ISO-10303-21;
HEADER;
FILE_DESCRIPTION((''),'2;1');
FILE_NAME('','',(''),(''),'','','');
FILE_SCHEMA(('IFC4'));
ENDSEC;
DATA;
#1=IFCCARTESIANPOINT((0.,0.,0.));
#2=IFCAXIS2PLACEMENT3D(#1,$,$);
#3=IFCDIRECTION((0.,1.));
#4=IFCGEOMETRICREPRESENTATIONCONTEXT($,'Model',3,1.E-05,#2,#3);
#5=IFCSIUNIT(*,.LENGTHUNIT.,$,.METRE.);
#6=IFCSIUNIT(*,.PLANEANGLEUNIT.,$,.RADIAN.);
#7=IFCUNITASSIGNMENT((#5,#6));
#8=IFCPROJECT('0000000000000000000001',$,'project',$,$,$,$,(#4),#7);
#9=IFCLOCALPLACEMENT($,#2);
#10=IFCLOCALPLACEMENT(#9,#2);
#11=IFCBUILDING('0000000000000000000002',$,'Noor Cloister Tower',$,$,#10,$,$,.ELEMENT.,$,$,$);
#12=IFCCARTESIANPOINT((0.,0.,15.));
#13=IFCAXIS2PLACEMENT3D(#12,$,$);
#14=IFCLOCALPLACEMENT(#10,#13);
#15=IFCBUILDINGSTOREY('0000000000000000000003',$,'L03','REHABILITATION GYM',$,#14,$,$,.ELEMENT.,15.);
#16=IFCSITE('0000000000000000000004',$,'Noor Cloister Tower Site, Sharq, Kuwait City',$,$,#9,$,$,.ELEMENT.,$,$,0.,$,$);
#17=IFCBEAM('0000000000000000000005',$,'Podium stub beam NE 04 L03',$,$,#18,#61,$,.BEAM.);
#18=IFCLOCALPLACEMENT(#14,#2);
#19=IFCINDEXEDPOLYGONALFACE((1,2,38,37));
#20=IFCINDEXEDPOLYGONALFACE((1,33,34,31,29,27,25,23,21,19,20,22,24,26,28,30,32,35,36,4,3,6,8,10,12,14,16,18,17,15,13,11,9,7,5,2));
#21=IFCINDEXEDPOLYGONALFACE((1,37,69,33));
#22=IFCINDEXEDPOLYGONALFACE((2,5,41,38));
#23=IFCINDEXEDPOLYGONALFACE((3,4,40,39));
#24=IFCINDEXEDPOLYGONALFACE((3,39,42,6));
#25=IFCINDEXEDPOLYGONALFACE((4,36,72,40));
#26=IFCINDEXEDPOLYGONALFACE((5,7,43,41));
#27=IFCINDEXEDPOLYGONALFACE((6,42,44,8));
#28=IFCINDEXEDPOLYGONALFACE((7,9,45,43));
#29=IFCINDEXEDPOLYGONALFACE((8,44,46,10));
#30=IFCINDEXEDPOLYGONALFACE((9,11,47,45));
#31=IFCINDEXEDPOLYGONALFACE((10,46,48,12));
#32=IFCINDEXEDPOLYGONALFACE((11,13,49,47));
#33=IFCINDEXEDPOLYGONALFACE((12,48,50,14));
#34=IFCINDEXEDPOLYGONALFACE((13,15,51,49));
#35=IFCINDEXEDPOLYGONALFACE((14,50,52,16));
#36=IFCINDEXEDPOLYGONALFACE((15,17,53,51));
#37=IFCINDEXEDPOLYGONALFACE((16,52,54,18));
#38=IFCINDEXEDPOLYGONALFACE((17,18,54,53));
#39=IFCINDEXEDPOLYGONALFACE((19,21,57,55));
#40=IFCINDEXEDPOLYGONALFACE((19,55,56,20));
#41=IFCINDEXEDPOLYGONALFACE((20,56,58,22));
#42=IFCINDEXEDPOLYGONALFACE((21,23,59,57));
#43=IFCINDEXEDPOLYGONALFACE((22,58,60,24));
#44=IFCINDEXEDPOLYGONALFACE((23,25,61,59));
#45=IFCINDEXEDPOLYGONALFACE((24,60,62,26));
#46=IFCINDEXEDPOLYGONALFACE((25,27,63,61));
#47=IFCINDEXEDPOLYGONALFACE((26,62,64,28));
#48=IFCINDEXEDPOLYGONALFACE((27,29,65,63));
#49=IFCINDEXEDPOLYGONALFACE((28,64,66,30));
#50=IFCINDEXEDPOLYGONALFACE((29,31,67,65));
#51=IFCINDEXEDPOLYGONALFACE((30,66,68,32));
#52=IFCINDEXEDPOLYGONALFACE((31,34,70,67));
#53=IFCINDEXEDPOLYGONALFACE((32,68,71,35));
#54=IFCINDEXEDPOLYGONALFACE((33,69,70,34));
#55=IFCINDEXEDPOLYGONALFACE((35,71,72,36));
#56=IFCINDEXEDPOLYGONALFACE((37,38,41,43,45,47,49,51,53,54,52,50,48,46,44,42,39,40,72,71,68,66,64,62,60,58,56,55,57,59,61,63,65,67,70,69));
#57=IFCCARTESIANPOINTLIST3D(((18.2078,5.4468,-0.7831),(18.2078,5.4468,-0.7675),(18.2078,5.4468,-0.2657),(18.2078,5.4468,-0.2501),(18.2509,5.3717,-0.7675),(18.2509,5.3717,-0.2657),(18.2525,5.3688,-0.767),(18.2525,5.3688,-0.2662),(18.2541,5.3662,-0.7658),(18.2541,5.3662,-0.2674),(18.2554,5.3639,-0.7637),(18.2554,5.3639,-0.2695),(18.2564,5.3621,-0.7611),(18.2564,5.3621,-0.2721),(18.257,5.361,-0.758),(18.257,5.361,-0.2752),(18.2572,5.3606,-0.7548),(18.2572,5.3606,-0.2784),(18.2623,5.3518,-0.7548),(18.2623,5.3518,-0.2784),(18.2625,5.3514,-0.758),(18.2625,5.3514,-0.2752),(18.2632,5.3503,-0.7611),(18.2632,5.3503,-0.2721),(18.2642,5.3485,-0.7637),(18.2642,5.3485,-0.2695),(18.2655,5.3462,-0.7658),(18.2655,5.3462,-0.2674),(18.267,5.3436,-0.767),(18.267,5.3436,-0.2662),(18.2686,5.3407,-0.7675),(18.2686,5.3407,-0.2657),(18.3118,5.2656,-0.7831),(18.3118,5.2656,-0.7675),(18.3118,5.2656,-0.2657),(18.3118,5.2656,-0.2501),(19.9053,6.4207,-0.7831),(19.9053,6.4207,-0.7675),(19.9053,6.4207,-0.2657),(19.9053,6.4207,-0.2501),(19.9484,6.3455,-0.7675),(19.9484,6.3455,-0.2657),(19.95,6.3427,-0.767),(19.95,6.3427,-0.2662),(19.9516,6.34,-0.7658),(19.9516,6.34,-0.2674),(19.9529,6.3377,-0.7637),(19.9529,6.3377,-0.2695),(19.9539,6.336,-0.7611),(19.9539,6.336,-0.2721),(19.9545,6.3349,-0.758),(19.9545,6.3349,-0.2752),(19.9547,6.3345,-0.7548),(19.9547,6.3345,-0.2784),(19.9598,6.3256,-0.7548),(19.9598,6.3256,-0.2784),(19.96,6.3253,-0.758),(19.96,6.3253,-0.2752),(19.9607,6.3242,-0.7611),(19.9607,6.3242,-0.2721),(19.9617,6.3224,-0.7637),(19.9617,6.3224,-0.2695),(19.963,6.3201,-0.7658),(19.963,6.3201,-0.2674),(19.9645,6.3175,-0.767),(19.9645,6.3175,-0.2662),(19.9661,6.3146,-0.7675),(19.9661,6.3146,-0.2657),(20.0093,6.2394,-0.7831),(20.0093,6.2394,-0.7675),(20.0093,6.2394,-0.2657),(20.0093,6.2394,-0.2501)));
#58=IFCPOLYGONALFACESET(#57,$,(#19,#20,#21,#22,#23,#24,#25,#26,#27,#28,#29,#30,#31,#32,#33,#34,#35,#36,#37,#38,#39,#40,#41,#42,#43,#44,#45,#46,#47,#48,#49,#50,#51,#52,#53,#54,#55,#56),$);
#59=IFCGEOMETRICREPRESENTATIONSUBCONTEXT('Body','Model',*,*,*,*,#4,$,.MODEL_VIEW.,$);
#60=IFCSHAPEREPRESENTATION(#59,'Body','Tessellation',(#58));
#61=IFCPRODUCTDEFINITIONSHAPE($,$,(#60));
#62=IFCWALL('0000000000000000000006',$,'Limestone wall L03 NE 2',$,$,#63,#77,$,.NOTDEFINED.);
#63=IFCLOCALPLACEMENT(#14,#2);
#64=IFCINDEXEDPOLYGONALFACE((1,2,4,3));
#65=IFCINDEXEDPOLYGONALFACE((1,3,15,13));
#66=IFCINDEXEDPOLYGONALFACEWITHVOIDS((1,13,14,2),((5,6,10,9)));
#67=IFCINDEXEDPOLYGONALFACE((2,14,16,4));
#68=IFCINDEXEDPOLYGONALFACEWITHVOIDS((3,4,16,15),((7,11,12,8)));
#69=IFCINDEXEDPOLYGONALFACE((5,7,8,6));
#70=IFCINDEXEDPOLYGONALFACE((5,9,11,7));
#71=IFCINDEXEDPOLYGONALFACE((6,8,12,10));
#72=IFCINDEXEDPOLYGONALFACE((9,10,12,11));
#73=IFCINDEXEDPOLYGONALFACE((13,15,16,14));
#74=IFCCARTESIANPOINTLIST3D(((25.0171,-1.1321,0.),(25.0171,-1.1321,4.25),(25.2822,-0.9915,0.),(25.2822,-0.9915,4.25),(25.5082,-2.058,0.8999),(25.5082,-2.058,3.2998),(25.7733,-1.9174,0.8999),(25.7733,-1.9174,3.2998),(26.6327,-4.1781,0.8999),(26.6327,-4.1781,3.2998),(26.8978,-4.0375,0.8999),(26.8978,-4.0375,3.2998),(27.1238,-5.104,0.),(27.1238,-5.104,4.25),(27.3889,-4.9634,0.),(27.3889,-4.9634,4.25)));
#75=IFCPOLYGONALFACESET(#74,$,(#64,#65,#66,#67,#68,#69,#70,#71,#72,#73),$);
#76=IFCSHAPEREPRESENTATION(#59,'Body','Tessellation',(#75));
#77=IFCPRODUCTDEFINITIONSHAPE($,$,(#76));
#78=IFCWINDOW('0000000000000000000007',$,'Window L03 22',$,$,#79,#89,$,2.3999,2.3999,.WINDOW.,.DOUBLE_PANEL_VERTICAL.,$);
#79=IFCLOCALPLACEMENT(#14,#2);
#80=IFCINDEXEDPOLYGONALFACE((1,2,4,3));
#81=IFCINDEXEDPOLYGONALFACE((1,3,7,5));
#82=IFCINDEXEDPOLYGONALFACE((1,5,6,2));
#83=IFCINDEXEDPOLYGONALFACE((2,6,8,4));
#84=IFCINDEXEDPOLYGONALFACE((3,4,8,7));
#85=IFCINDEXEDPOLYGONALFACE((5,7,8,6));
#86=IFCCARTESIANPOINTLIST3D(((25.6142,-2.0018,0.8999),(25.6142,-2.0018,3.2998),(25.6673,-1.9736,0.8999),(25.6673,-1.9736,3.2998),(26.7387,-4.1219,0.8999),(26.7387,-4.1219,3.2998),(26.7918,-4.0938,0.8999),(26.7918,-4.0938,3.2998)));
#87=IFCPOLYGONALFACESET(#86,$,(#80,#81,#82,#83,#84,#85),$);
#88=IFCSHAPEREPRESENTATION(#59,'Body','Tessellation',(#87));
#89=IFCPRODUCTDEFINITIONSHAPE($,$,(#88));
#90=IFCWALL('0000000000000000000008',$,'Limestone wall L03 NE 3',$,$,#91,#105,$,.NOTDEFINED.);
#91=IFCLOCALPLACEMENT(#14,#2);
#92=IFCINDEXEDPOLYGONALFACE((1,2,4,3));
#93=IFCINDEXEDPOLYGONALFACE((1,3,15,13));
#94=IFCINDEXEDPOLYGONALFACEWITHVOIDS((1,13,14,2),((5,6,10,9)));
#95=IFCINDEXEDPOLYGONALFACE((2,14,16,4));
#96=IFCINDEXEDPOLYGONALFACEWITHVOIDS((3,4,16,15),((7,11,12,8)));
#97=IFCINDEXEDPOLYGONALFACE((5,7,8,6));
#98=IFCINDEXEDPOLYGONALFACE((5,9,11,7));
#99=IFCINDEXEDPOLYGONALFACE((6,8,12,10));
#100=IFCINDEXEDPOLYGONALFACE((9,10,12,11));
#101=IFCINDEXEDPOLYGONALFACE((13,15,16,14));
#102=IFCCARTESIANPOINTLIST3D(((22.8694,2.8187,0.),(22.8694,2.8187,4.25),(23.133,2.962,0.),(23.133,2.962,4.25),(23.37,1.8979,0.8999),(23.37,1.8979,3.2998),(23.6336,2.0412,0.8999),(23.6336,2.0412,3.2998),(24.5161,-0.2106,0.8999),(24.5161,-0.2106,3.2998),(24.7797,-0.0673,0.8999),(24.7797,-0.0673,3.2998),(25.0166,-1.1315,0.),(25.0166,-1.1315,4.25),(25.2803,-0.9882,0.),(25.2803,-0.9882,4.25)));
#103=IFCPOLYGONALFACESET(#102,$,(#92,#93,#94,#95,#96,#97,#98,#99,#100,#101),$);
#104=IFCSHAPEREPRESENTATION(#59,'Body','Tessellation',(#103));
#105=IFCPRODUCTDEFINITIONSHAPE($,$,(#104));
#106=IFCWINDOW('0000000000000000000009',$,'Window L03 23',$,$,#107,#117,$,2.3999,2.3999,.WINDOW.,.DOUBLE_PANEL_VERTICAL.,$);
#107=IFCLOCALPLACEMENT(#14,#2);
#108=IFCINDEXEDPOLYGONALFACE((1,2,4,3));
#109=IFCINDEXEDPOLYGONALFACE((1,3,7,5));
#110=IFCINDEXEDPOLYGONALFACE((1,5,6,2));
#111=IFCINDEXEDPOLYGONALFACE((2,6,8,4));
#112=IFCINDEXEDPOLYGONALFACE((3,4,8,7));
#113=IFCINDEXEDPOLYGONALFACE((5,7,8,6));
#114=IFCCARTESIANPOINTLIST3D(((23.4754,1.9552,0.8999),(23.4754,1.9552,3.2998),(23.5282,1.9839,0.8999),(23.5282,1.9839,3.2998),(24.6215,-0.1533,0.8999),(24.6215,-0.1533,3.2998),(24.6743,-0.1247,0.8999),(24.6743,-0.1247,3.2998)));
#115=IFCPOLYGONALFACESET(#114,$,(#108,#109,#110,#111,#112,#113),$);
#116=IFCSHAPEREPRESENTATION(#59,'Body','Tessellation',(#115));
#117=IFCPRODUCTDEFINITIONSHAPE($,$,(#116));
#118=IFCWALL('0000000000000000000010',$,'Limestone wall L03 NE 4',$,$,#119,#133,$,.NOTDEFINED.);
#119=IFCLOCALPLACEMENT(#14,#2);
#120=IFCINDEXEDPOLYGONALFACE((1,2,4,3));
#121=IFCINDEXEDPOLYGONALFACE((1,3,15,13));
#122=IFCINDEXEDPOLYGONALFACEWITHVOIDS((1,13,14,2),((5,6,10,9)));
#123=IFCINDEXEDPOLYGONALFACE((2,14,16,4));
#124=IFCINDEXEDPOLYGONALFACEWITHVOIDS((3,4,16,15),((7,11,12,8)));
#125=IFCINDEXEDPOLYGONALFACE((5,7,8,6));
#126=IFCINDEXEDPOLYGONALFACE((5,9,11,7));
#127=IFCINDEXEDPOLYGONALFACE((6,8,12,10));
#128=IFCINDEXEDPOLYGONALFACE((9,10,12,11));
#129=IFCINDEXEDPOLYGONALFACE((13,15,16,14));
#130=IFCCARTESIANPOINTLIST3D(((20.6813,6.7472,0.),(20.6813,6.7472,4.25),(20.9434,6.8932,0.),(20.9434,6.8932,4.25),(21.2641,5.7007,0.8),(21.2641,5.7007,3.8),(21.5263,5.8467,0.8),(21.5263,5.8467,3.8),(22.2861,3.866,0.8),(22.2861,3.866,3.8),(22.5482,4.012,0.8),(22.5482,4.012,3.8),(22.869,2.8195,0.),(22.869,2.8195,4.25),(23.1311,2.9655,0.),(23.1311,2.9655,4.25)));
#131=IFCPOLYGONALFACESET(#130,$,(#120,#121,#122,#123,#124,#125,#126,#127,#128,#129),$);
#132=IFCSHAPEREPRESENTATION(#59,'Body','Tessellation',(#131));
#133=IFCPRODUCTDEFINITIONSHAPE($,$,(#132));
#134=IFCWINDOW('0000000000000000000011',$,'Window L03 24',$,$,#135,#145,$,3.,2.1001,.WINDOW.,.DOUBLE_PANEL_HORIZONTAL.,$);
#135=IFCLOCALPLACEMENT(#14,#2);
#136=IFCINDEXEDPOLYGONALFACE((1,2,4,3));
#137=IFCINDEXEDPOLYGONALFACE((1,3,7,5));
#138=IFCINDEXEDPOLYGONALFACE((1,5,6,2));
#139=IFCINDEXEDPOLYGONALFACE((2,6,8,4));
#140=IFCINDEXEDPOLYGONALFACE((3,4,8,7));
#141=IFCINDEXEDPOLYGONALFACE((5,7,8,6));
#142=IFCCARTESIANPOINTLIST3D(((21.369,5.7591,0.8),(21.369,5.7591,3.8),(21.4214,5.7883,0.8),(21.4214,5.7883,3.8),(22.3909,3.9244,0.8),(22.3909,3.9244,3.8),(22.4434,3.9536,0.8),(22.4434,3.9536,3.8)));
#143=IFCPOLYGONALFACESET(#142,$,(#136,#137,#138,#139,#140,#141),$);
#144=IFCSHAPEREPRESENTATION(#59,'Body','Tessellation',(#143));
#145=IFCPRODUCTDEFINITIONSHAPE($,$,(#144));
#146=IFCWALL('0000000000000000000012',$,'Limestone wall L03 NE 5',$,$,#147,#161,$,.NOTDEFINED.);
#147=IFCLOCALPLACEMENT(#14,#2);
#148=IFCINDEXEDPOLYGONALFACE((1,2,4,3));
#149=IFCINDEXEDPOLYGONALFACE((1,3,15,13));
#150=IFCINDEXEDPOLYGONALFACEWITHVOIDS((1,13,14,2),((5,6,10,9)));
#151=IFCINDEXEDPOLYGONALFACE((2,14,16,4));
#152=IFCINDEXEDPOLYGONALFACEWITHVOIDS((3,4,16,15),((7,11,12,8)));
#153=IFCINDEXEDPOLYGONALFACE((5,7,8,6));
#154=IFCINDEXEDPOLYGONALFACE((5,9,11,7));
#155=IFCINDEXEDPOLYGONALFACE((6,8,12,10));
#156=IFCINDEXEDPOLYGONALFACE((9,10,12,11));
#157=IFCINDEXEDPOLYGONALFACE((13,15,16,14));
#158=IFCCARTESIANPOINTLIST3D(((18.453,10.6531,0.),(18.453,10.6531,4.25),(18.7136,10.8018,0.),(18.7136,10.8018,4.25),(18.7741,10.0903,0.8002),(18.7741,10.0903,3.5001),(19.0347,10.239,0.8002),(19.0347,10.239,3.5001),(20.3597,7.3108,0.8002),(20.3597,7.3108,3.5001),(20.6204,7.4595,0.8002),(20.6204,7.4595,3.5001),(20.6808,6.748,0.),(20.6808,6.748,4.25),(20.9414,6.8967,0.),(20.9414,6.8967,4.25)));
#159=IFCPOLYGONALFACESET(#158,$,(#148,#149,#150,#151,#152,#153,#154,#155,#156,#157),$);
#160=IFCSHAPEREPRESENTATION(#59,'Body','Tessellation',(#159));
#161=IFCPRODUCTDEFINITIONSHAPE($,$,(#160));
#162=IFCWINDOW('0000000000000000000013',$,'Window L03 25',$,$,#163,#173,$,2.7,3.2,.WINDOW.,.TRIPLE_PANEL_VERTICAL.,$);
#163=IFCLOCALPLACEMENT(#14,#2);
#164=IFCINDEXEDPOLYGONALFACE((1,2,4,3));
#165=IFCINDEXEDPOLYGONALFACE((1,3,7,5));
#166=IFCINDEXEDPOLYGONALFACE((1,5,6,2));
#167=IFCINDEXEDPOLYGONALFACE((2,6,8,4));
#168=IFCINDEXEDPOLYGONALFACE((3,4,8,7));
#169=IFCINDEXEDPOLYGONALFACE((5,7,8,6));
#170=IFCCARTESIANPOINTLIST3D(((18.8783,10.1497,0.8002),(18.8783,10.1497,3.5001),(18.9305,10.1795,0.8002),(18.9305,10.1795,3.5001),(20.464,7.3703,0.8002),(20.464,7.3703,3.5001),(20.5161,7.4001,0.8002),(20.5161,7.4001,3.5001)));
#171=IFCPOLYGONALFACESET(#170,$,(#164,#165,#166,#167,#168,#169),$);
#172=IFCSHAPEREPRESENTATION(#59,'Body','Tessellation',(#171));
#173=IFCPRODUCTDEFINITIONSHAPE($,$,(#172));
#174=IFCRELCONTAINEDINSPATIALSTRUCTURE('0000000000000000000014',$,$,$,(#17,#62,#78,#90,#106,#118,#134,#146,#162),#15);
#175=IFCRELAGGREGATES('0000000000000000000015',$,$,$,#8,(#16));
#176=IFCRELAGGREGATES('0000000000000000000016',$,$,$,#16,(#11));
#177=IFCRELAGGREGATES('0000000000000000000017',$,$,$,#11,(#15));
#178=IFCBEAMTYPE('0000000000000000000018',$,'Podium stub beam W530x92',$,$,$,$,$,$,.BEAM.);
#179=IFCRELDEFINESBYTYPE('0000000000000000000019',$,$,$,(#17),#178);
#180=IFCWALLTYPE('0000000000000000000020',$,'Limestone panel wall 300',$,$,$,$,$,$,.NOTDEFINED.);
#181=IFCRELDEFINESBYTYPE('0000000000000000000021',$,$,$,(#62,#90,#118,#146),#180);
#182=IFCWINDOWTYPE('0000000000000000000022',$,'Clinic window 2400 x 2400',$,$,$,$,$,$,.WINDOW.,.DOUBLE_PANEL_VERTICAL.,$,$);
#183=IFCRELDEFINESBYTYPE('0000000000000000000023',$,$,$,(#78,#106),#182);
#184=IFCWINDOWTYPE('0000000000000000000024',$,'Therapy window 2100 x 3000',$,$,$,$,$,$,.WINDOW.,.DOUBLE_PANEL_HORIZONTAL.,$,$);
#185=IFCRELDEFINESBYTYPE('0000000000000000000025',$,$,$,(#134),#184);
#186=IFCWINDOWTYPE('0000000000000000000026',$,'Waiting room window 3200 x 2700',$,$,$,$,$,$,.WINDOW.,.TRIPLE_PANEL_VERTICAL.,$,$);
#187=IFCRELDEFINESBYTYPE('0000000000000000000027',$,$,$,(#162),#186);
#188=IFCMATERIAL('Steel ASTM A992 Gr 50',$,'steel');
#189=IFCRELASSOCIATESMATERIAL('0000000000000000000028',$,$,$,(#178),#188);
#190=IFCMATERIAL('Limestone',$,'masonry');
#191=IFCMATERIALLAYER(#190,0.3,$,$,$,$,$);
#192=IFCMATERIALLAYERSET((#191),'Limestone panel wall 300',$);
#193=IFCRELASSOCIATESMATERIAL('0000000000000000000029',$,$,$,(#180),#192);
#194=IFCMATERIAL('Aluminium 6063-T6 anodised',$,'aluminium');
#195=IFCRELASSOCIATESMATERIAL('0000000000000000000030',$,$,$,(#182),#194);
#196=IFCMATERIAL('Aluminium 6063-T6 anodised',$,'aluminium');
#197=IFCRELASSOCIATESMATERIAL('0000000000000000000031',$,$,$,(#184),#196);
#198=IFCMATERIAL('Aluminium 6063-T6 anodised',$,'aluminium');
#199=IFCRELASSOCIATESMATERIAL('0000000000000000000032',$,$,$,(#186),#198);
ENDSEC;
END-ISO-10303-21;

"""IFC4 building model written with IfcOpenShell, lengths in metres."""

from ifc_helpers import new_model, si_unit, direction, frame, frame_2d, origin, origin_2d, place, context, subcontext, project, spatial, rectangle, i_section, extrude, material, layer, layer_set, material_profile, profile_set, type_object, element, fill, save


model = new_model("IFC4")

# Units and contexts
model_context = context("Model", 3, precision=1e-05, world=origin(), true_north=direction((0.0, 1.0)))
body_context = subcontext(model_context, "Body", "Model", "MODEL_VIEW")
ifc_project = project(units=[si_unit("LENGTHUNIT", "METRE"), si_unit("PLANEANGLEUNIT", "RADIAN")], contexts=[model_context])

# Site, building, storey
site_placement = place(None, origin())
site = spatial("IfcSite", under=ifc_project, at=site_placement, Name="Noor Cloister Tower Site, Sharq, Kuwait City", CompositionType="ELEMENT", RefElevation=0.0)
building_placement = place(site_placement, origin())
building = spatial("IfcBuilding", under=site, at=building_placement, Name="Noor Cloister Tower", CompositionType="ELEMENT")
storey_placement = place(building_placement, frame((0.0, 0.0, 15.0)))
storey = spatial("IfcBuildingStorey", under=building, at=storey_placement, Name="L03", Description="REHABILITATION GYM", CompositionType="ELEMENT", Elevation=15.0)

# Beam
ifc_material_1 = material(Name="Steel ASTM A992 Gr 50", Category="steel")
ifc_material_profile_1 = material_profile(ifc_material_1, i_section(OverallWidth=0.209, OverallDepth=0.533, WebThickness=0.0103, FlangeThickness=0.0156, FilletRadius=0.0127, at=origin_2d()), Name="W530x92")
ifc_profile_set_1 = profile_set([ifc_material_profile_1], Name="Steel ASTM A992 Gr 50")
beam_type_1 = type_object("IfcBeamType", Name="Podium stub beam W530x92", PredefinedType="BEAM", material=ifc_profile_set_1)
beam_1_placement = place(storey_placement, frame((18.2598, 5.3562, -0.5166), z_axis=(0.86739, 0.497629, 0.0), x_axis=(-0.497629, 0.86739, 0.0)))
element("IfcBeam", 1, at=beam_1_placement, inside=storey, type_object=beam_type_1, Name="Podium stub beam NE 04 L03", PredefinedType="BEAM", context=body_context, shape_type="SweptSolid", body=[
    extrude(i_section(OverallWidth=0.209, OverallDepth=0.533, WebThickness=0.0103, FlangeThickness=0.0156, FilletRadius=0.0127, at=origin_2d()), origin(), (0.0, 0.0, 1.0), 1.957),
])

# Walls, openings, windows
ifc_material_2 = material(Name="Limestone", Category="masonry")
ifc_layer_1 = layer(ifc_material_2, 0.3)
ifc_layer_set_1 = layer_set([ifc_layer_1], Name="Limestone panel wall 300")
wall_type_1 = type_object("IfcWallType", Name="Limestone panel wall 300", PredefinedType="NOTDEFINED", material=ifc_layer_set_1)
wall_1_placement = place(storey_placement, frame((25.1497, -1.0618, 0.0), z_axis=(0.0, 0.0, 1.0), x_axis=(0.468566, -0.883428, 0.0)))
wall_1 = element("IfcWall", 2, at=wall_1_placement, inside=storey, type_object=wall_type_1, Name="Limestone wall L03 NE 2", PredefinedType="NOTDEFINED", context=body_context, shape_type="SweptSolid", body=[
    extrude(rectangle(XDim=4.4961, YDim=0.3, at=frame_2d((2.248, 0.0))), origin(), (0.0, 0.0, 1.0), 4.25),
])
opening_1_placement = place(wall_1_placement, frame((1.0481, 0.0, 0.8999)))
opening_1 = element("IfcOpeningElement", 3, at=opening_1_placement, cuts=wall_1, PredefinedType="OPENING", context=body_context, shape_type="SweptSolid", body=[
    extrude(rectangle(XDim=2.3999, YDim=2.3999, at=frame_2d((1.2, 1.2))), frame((0.0, 0.1602, 0.0), z_axis=(0.0, -1.0, 0.0), x_axis=(1.0, 0.0, 0.0)), (0.0, 0.0, 1.0), 0.3201),
])
ifc_material_3 = material(Name="Aluminium 6063-T6 anodised", Category="aluminium")
window_type_1 = type_object("IfcWindowType", Name="Clinic window 2400 x 2400", PartitioningType="DOUBLE_PANEL_VERTICAL", PredefinedType="WINDOW", material=ifc_material_3)
window_1_placement = place(opening_1_placement, origin())
window_1 = element("IfcWindow", 4, at=window_1_placement, inside=storey, type_object=window_type_1, Name="Window L03 22", OverallHeight=2.3999, OverallWidth=2.3999, PartitioningType="DOUBLE_PANEL_VERTICAL", PredefinedType="WINDOW", context=body_context, shape_type="SweptSolid", body=[
    extrude(rectangle(XDim=2.3999, YDim=2.3999, at=frame_2d((1.2, 1.2))), frame((0.0, 0.03, 0.0), z_axis=(0.0, -1.0, 0.0), x_axis=(1.0, 0.0, 0.0)), (0.0, 0.0, 1.0), 0.0601),
])
fill(opening_1, window_1)
wall_2_placement = place(storey_placement, frame((23.0012, 2.8904, 0.0), z_axis=(0.0, 0.0, 1.0), x_axis=(0.477577, -0.87859, 0.0)))
wall_2 = element("IfcWall", 5, at=wall_2_placement, inside=storey, type_object=wall_type_1, Name="Limestone wall L03 NE 3", PredefinedType="NOTDEFINED", context=body_context, shape_type="SweptSolid", body=[
    extrude(rectangle(XDim=4.4961, YDim=0.3, at=frame_2d((2.248, 0.0))), origin(), (0.0, 0.0, 1.0), 4.25),
])
opening_2_placement = place(wall_2_placement, frame((1.0481, 0.0, 0.8999)))
opening_2 = element("IfcOpeningElement", 6, at=opening_2_placement, cuts=wall_2, PredefinedType="OPENING", context=body_context, shape_type="SweptSolid", body=[
    extrude(rectangle(XDim=2.3999, YDim=2.3999, at=frame_2d((1.2, 1.2))), frame((0.0, 0.1602, 0.0), z_axis=(0.0, -1.0, 0.0), x_axis=(1.0, 0.0, 0.0)), (0.0, 0.0, 1.0), 0.3201),
])
window_2_placement = place(opening_2_placement, origin())
window_2 = element("IfcWindow", 7, at=window_2_placement, inside=storey, type_object=window_type_1, Name="Window L03 23", OverallHeight=2.3999, OverallWidth=2.3999, PartitioningType="DOUBLE_PANEL_VERTICAL", PredefinedType="WINDOW", context=body_context, shape_type="SweptSolid", body=[
    extrude(rectangle(XDim=2.3999, YDim=2.3999, at=frame_2d((1.2, 1.2))), frame((0.0, 0.03, 0.0), z_axis=(0.0, -1.0, 0.0), x_axis=(1.0, 0.0, 0.0)), (0.0, 0.0, 1.0), 0.0601),
])
fill(opening_2, window_2)
wall_3_placement = place(storey_placement, frame((20.8123, 6.8203, 0.0), z_axis=(0.0, 0.0, 1.0), x_axis=(0.486606, -0.873621, 0.0)))
wall_3 = element("IfcWall", 8, at=wall_3_placement, inside=storey, type_object=wall_type_1, Name="Limestone wall L03 NE 4", PredefinedType="NOTDEFINED", context=body_context, shape_type="SweptSolid", body=[
    extrude(rectangle(XDim=4.4958, YDim=0.3, at=frame_2d((2.248, 0.0))), origin(), (0.0, 0.0, 1.0), 4.25),
])
opening_3_placement = place(wall_3_placement, frame((1.198, 0.0, 0.8)))
opening_3 = element("IfcOpeningElement", 9, at=opening_3_placement, cuts=wall_3, PredefinedType="OPENING", context=body_context, shape_type="SweptSolid", body=[
    extrude(rectangle(XDim=2.1001, YDim=3.0, at=frame_2d((1.05, 1.5))), frame((0.0, 0.1602, 0.0), z_axis=(0.0, -1.0, 0.0), x_axis=(1.0, 0.0, 0.0)), (0.0, 0.0, 1.0), 0.3201),
])
ifc_material_4 = material(Name="Aluminium 6063-T6 anodised", Category="aluminium")
window_type_2 = type_object("IfcWindowType", Name="Therapy window 2100 x 3000", PartitioningType="DOUBLE_PANEL_HORIZONTAL", PredefinedType="WINDOW", material=ifc_material_4)
window_3_placement = place(opening_3_placement, origin())
window_3 = element("IfcWindow", 10, at=window_3_placement, inside=storey, type_object=window_type_2, Name="Window L03 24", OverallHeight=3.0, OverallWidth=2.1001, PartitioningType="DOUBLE_PANEL_HORIZONTAL", PredefinedType="WINDOW", context=body_context, shape_type="SweptSolid", body=[
    extrude(rectangle(XDim=2.1001, YDim=3.0, at=frame_2d((1.05, 1.5))), frame((0.0, 0.03, 0.0), z_axis=(0.0, -1.0, 0.0), x_axis=(1.0, 0.0, 0.0)), (0.0, 0.0, 1.0), 0.0601),
])
fill(opening_3, window_3)
wall_4_placement = place(storey_placement, frame((18.5833, 10.7275, 0.0), z_axis=(0.0, 0.0, 1.0), x_axis=(0.495525, -0.868594, 0.0)))
wall_4 = element("IfcWall", 11, at=wall_4_placement, inside=storey, type_object=wall_type_1, Name="Limestone wall L03 NE 5", PredefinedType="NOTDEFINED", context=body_context, shape_type="SweptSolid", body=[
    extrude(rectangle(XDim=4.4958, YDim=0.3, at=frame_2d((2.248, 0.0))), origin(), (0.0, 0.0, 1.0), 4.25),
])
opening_4_placement = place(wall_4_placement, frame((0.6479, 0.0, 0.8)))
opening_4 = element("IfcOpeningElement", 12, at=opening_4_placement, cuts=wall_4, PredefinedType="OPENING", context=body_context, shape_type="SweptSolid", body=[
    extrude(rectangle(XDim=3.2, YDim=2.7, at=frame_2d((1.6001, 1.3501))), frame((0.0, 0.1602, 0.0), z_axis=(0.0, -1.0, 0.0), x_axis=(1.0, 0.0, 0.0)), (0.0, 0.0, 1.0), 0.3201),
])
ifc_material_5 = material(Name="Aluminium 6063-T6 anodised", Category="aluminium")
window_type_3 = type_object("IfcWindowType", Name="Waiting room window 3200 x 2700", PartitioningType="TRIPLE_PANEL_VERTICAL", PredefinedType="WINDOW", material=ifc_material_5)
window_4_placement = place(opening_4_placement, origin())
window_4 = element("IfcWindow", 13, at=window_4_placement, inside=storey, type_object=window_type_3, Name="Window L03 25", OverallHeight=2.7, OverallWidth=3.2, PartitioningType="TRIPLE_PANEL_VERTICAL", PredefinedType="WINDOW", context=body_context, shape_type="SweptSolid", body=[
    extrude(rectangle(XDim=3.2, YDim=2.7, at=frame_2d((1.6001, 1.3501))), frame((0.0, 0.03, 0.0), z_axis=(0.0, -1.0, 0.0), x_axis=(1.0, 0.0, 0.0)), (0.0, 0.0, 1.0), 0.0601),
])
fill(opening_4, window_4)

save(model, "model.ifc")
